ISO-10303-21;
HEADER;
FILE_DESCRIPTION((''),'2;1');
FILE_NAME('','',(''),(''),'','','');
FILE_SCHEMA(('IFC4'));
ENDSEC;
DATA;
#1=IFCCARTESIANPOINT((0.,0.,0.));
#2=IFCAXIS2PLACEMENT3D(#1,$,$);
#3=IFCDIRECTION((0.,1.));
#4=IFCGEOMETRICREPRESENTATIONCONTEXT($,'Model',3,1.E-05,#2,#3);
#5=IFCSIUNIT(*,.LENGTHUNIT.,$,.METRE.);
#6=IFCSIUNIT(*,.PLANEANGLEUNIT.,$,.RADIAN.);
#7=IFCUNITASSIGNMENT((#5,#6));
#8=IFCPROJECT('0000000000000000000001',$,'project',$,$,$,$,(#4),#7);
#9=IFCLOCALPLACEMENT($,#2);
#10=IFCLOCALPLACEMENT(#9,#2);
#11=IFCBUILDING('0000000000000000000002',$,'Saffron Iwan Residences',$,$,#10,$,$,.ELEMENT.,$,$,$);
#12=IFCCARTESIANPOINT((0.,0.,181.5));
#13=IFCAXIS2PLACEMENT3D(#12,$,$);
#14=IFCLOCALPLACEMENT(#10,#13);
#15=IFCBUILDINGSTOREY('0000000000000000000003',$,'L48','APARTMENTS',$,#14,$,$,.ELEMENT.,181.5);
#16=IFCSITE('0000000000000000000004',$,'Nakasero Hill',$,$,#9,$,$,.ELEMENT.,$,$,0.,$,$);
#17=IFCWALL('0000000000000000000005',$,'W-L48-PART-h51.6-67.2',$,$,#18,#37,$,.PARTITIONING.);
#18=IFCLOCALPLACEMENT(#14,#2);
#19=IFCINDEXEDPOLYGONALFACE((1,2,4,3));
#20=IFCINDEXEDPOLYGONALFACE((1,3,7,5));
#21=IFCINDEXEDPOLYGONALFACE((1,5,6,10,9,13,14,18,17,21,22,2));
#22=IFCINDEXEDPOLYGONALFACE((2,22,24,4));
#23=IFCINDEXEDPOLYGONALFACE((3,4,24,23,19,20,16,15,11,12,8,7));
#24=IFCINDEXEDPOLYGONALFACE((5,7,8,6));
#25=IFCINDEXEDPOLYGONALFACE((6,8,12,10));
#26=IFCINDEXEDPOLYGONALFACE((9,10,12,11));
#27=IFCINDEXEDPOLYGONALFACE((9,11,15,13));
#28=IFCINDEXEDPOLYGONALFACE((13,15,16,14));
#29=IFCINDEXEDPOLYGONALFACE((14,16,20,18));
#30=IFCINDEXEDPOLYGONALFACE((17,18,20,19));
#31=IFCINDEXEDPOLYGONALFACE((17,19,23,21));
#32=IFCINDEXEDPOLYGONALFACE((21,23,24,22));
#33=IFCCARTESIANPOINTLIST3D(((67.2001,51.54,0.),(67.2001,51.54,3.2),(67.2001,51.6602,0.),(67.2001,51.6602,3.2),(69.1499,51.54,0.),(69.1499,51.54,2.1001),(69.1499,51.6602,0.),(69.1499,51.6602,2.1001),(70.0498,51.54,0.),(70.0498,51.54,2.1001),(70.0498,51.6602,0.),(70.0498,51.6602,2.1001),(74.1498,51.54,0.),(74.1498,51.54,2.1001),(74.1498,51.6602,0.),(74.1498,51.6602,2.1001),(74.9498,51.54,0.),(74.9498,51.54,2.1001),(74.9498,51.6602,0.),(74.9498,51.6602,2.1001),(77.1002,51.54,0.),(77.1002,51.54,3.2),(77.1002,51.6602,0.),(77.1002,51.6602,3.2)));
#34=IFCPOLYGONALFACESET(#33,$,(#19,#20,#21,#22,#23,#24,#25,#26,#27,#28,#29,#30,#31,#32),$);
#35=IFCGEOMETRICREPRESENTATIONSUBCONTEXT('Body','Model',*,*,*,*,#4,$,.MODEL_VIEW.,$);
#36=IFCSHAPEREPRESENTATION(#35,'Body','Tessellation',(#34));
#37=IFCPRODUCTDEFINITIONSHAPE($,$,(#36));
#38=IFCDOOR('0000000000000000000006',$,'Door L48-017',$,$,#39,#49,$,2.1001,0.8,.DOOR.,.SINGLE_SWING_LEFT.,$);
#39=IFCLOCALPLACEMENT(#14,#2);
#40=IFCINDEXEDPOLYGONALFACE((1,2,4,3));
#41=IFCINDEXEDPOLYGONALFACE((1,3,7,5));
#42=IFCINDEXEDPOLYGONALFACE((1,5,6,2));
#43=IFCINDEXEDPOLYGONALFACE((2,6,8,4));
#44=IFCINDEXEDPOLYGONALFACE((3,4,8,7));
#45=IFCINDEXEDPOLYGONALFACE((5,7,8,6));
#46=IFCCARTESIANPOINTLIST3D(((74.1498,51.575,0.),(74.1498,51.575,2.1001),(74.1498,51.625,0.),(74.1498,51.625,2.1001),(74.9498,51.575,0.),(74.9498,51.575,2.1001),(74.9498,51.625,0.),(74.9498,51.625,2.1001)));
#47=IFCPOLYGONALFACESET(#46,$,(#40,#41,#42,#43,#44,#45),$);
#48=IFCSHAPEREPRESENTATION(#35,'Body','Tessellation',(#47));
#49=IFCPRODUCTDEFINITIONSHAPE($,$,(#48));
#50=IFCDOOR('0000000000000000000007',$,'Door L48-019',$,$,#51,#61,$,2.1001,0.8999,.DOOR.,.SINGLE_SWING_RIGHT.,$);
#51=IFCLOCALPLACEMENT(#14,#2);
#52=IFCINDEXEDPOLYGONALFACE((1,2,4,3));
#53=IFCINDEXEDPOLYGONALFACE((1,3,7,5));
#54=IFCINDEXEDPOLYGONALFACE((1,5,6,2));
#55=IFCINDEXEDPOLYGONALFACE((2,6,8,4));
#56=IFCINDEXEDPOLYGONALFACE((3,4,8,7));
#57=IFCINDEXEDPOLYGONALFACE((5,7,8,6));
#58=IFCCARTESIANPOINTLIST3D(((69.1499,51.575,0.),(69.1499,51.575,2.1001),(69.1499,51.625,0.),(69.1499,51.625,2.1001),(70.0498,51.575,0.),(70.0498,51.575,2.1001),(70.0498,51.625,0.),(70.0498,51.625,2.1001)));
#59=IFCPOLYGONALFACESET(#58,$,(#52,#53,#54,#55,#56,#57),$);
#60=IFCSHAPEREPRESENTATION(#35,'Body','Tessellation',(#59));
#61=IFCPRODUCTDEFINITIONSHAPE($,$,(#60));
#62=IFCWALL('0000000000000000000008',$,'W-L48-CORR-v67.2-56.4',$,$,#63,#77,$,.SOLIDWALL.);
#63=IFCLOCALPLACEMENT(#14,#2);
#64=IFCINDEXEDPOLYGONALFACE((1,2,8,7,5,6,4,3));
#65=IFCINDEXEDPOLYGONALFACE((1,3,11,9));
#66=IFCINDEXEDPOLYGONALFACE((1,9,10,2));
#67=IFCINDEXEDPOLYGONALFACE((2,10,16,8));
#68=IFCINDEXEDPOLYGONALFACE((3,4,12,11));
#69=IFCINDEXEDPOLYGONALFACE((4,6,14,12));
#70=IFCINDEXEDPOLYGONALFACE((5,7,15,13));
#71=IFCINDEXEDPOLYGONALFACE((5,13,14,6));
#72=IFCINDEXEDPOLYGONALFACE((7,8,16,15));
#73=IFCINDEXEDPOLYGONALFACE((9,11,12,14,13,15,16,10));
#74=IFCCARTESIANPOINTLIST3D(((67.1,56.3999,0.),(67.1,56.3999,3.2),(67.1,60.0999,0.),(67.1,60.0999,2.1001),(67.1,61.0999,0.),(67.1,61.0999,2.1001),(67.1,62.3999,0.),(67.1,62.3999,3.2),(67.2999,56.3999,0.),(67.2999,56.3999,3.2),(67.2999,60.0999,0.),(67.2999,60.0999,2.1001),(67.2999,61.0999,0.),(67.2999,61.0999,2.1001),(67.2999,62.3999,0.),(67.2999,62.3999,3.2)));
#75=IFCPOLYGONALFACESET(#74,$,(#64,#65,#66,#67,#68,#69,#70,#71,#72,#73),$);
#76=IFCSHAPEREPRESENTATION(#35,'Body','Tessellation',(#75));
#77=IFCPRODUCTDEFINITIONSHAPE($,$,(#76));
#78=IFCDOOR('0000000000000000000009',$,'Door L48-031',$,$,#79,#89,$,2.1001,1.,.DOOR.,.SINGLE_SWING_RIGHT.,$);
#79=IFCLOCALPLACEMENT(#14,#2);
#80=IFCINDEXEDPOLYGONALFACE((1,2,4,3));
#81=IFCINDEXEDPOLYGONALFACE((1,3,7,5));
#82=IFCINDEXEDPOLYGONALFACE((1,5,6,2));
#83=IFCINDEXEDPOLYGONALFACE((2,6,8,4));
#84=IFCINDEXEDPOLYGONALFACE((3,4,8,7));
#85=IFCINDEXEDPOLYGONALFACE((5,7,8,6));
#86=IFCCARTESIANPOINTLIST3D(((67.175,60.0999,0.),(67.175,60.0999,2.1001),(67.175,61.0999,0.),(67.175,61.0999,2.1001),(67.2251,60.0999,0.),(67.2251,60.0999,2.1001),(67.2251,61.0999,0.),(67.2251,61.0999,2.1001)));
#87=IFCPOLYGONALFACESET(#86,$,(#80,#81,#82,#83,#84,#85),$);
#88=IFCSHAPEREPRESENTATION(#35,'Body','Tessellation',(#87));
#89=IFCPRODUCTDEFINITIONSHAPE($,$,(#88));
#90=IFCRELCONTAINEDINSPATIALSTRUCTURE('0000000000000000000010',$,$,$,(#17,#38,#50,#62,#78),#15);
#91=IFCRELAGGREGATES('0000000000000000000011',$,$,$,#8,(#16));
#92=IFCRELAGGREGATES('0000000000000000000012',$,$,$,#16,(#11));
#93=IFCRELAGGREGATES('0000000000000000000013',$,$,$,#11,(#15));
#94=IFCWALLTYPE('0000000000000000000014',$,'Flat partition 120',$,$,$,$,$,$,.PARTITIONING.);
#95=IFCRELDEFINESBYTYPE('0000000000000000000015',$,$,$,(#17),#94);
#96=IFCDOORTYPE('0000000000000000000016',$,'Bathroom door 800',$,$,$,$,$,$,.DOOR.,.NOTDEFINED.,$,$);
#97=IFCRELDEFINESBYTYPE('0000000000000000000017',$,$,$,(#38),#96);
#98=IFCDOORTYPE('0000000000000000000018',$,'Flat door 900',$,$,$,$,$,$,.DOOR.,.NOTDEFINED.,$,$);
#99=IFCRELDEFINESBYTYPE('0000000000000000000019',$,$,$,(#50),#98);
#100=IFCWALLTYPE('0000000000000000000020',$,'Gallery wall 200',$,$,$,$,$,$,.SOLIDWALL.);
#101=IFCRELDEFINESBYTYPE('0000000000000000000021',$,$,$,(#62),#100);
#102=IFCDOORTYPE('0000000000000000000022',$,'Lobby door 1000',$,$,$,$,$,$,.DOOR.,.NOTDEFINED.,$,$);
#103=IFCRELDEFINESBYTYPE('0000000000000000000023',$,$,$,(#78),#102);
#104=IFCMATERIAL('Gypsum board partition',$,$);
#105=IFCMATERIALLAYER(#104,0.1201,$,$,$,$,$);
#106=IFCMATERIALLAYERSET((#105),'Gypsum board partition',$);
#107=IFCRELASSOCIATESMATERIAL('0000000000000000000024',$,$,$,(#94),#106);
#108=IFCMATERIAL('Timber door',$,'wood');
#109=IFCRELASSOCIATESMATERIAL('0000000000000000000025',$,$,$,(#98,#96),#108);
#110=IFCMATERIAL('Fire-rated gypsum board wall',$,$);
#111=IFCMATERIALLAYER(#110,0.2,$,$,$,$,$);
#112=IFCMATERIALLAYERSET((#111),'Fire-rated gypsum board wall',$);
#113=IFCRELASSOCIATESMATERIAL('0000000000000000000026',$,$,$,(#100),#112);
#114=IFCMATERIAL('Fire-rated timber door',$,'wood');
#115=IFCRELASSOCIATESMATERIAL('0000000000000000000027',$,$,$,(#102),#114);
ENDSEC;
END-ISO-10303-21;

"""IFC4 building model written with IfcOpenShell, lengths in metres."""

from ifc_helpers import new_model, si_unit, direction, frame, frame_2d, origin, place, context, subcontext, project, spatial, rectangle, extrude, material, layer, layer_set, type_object, element, fill, save


model = new_model("IFC4")

# Units and contexts
model_context = context("Model", 3, precision=1e-05, world=origin(), true_north=direction((0.0, 1.0)))
body_context = subcontext(model_context, "Body", "Model", "MODEL_VIEW")
ifc_project = project(units=[si_unit("LENGTHUNIT", "METRE"), si_unit("PLANEANGLEUNIT", "RADIAN")], contexts=[model_context])

# Site, building, storey
site_placement = place(None, origin())
site = spatial("IfcSite", under=ifc_project, at=site_placement, Name="Nakasero Hill", CompositionType="ELEMENT", RefElevation=0.0)
building_placement = place(site_placement, origin())
building = spatial("IfcBuilding", under=site, at=building_placement, Name="Saffron Iwan Residences", CompositionType="ELEMENT")
storey_placement = place(building_placement, frame((0.0, 0.0, 181.5)))
storey = spatial("IfcBuildingStorey", under=building, at=storey_placement, Name="L48", Description="APARTMENTS", CompositionType="ELEMENT", Elevation=181.5)

# Shared definitions
ifc_material_1 = material(Name="Fire-rated gypsum board wall")

# Shared definitions
ifc_material_2 = material(Name="Gypsum board partition")
ifc_layer_1 = layer(ifc_material_2, 0.1201)
ifc_layer_set_1 = layer_set([ifc_layer_1], Name="Gypsum board partition")
wall_type_1 = type_object("IfcWallType", Name="Flat partition 120", PredefinedType="PARTITIONING", material=ifc_layer_set_1)
ifc_material_3 = material(Name="Timber door", Category="wood")
door_type_1 = type_object("IfcDoorType", Name="Flat door 900", OperationType="NOTDEFINED", PredefinedType="DOOR", material=ifc_material_3)

# Wall, openings, doors
wall_1_placement = place(storey_placement, frame((67.2, 51.6001, 0.0), z_axis=(0.0, 0.0, 1.0), x_axis=(1.0, 0.0, 0.0)))
wall_1 = element("IfcWall", 1, at=wall_1_placement, inside=storey, type_object=wall_type_1, Name="W-L48-PART-h51.6-67.2", PredefinedType="PARTITIONING", context=body_context, shape_type="SweptSolid", body=[
    extrude(rectangle(XDim=9.9001, YDim=0.1201, at=frame_2d((4.9502, 0.0))), origin(), (0.0, 0.0, 1.0), 3.2),
])
opening_1_placement = place(wall_1_placement, frame((6.95, 0.0, 0.0)))
opening_1 = element("IfcOpeningElement", 2, at=opening_1_placement, cuts=wall_1, PredefinedType="OPENING", context=body_context, shape_type="SweptSolid", body=[
    extrude(rectangle(XDim=0.8, YDim=2.1001, at=frame_2d((0.3999, 1.05))), frame((0.0, 0.0701, 0.0), z_axis=(0.0, -1.0, 0.0), x_axis=(1.0, 0.0, 0.0)), (0.0, 0.0, 1.0), 0.1401),
])
opening_2_placement = place(wall_1_placement, frame((1.95, 0.0, 0.0)))
opening_2 = element("IfcOpeningElement", 3, at=opening_2_placement, cuts=wall_1, PredefinedType="OPENING", context=body_context, shape_type="SweptSolid", body=[
    extrude(rectangle(XDim=0.8999, YDim=2.1001, at=frame_2d((0.45, 1.05))), frame((0.0, 0.0701, 0.0), z_axis=(0.0, -1.0, 0.0), x_axis=(1.0, 0.0, 0.0)), (0.0, 0.0, 1.0), 0.1401),
])
door_type_2 = type_object("IfcDoorType", Name="Bathroom door 800", OperationType="NOTDEFINED", PredefinedType="DOOR", material=ifc_material_3)
door_1_placement = place(opening_1_placement, origin())
door_1 = element("IfcDoor", 4, at=door_1_placement, inside=storey, type_object=door_type_2, Name="Door L48-017", OperationType="SINGLE_SWING_LEFT", OverallHeight=2.1001, OverallWidth=0.8, PredefinedType="DOOR", context=body_context, shape_type="SweptSolid", body=[
    extrude(rectangle(XDim=0.8, YDim=2.1001, at=frame_2d((0.3999, 1.05))), frame((0.0, 0.0249, 0.0), z_axis=(0.0, -1.0, 0.0), x_axis=(1.0, 0.0, 0.0)), (0.0, 0.0, 1.0), 0.05),
])
fill(opening_1, door_1)
door_2_placement = place(opening_2_placement, origin())
door_2 = element("IfcDoor", 5, at=door_2_placement, inside=storey, type_object=door_type_1, Name="Door L48-019", OperationType="SINGLE_SWING_RIGHT", OverallHeight=2.1001, OverallWidth=0.8999, PredefinedType="DOOR", context=body_context, shape_type="SweptSolid", body=[
    extrude(rectangle(XDim=0.8999, YDim=2.1001, at=frame_2d((0.45, 1.05))), frame((0.0, 0.0249, 0.0), z_axis=(0.0, -1.0, 0.0), x_axis=(1.0, 0.0, 0.0)), (0.0, 0.0, 1.0), 0.05),
])
fill(opening_2, door_2)

# Wall, opening, door
ifc_layer_2 = layer(ifc_material_1, 0.2)
ifc_layer_set_2 = layer_set([ifc_layer_2], Name="Fire-rated gypsum board wall")
wall_type_2 = type_object("IfcWallType", Name="Gallery wall 200", PredefinedType="SOLIDWALL", material=ifc_layer_set_2)
wall_2_placement = place(storey_placement, frame((67.2, 56.3999, 0.0), z_axis=(0.0, 0.0, 1.0), x_axis=(0.0, 1.0, 0.0)))
wall_2 = element("IfcWall", 6, at=wall_2_placement, inside=storey, type_object=wall_type_2, Name="W-L48-CORR-v67.2-56.4", PredefinedType="SOLIDWALL", context=body_context, shape_type="SweptSolid", body=[
    extrude(rectangle(XDim=6.0, YDim=0.2, at=frame_2d((3.0, 0.0))), origin(), (0.0, 0.0, 1.0), 3.2),
])
opening_3_placement = place(wall_2_placement, frame((3.7, 0.0, 0.0)))
opening_3 = element("IfcOpeningElement", 7, at=opening_3_placement, cuts=wall_2, PredefinedType="OPENING", context=body_context, shape_type="SweptSolid", body=[
    extrude(rectangle(XDim=1.0, YDim=2.1001, at=frame_2d((0.5, 1.05))), frame((0.0, 0.1099, 0.0), z_axis=(0.0, -1.0, 0.0), x_axis=(1.0, 0.0, 0.0)), (0.0, 0.0, 1.0), 0.22),
])
ifc_material_4 = material(Name="Fire-rated timber door", Category="wood")
door_type_3 = type_object("IfcDoorType", Name="Lobby door 1000", OperationType="NOTDEFINED", PredefinedType="DOOR", material=ifc_material_4)
door_3_placement = place(opening_3_placement, origin())
door_3 = element("IfcDoor", 8, at=door_3_placement, inside=storey, type_object=door_type_3, Name="Door L48-031", OperationType="SINGLE_SWING_RIGHT", OverallHeight=2.1001, OverallWidth=1.0, PredefinedType="DOOR", context=body_context, shape_type="SweptSolid", body=[
    extrude(rectangle(XDim=1.0, YDim=2.1001, at=frame_2d((0.5, 1.05))), frame((0.0, 0.0249, 0.0), z_axis=(0.0, -1.0, 0.0), x_axis=(1.0, 0.0, 0.0)), (0.0, 0.0, 1.0), 0.05),
])
fill(opening_3, door_3)

save(model, "model.ifc")
